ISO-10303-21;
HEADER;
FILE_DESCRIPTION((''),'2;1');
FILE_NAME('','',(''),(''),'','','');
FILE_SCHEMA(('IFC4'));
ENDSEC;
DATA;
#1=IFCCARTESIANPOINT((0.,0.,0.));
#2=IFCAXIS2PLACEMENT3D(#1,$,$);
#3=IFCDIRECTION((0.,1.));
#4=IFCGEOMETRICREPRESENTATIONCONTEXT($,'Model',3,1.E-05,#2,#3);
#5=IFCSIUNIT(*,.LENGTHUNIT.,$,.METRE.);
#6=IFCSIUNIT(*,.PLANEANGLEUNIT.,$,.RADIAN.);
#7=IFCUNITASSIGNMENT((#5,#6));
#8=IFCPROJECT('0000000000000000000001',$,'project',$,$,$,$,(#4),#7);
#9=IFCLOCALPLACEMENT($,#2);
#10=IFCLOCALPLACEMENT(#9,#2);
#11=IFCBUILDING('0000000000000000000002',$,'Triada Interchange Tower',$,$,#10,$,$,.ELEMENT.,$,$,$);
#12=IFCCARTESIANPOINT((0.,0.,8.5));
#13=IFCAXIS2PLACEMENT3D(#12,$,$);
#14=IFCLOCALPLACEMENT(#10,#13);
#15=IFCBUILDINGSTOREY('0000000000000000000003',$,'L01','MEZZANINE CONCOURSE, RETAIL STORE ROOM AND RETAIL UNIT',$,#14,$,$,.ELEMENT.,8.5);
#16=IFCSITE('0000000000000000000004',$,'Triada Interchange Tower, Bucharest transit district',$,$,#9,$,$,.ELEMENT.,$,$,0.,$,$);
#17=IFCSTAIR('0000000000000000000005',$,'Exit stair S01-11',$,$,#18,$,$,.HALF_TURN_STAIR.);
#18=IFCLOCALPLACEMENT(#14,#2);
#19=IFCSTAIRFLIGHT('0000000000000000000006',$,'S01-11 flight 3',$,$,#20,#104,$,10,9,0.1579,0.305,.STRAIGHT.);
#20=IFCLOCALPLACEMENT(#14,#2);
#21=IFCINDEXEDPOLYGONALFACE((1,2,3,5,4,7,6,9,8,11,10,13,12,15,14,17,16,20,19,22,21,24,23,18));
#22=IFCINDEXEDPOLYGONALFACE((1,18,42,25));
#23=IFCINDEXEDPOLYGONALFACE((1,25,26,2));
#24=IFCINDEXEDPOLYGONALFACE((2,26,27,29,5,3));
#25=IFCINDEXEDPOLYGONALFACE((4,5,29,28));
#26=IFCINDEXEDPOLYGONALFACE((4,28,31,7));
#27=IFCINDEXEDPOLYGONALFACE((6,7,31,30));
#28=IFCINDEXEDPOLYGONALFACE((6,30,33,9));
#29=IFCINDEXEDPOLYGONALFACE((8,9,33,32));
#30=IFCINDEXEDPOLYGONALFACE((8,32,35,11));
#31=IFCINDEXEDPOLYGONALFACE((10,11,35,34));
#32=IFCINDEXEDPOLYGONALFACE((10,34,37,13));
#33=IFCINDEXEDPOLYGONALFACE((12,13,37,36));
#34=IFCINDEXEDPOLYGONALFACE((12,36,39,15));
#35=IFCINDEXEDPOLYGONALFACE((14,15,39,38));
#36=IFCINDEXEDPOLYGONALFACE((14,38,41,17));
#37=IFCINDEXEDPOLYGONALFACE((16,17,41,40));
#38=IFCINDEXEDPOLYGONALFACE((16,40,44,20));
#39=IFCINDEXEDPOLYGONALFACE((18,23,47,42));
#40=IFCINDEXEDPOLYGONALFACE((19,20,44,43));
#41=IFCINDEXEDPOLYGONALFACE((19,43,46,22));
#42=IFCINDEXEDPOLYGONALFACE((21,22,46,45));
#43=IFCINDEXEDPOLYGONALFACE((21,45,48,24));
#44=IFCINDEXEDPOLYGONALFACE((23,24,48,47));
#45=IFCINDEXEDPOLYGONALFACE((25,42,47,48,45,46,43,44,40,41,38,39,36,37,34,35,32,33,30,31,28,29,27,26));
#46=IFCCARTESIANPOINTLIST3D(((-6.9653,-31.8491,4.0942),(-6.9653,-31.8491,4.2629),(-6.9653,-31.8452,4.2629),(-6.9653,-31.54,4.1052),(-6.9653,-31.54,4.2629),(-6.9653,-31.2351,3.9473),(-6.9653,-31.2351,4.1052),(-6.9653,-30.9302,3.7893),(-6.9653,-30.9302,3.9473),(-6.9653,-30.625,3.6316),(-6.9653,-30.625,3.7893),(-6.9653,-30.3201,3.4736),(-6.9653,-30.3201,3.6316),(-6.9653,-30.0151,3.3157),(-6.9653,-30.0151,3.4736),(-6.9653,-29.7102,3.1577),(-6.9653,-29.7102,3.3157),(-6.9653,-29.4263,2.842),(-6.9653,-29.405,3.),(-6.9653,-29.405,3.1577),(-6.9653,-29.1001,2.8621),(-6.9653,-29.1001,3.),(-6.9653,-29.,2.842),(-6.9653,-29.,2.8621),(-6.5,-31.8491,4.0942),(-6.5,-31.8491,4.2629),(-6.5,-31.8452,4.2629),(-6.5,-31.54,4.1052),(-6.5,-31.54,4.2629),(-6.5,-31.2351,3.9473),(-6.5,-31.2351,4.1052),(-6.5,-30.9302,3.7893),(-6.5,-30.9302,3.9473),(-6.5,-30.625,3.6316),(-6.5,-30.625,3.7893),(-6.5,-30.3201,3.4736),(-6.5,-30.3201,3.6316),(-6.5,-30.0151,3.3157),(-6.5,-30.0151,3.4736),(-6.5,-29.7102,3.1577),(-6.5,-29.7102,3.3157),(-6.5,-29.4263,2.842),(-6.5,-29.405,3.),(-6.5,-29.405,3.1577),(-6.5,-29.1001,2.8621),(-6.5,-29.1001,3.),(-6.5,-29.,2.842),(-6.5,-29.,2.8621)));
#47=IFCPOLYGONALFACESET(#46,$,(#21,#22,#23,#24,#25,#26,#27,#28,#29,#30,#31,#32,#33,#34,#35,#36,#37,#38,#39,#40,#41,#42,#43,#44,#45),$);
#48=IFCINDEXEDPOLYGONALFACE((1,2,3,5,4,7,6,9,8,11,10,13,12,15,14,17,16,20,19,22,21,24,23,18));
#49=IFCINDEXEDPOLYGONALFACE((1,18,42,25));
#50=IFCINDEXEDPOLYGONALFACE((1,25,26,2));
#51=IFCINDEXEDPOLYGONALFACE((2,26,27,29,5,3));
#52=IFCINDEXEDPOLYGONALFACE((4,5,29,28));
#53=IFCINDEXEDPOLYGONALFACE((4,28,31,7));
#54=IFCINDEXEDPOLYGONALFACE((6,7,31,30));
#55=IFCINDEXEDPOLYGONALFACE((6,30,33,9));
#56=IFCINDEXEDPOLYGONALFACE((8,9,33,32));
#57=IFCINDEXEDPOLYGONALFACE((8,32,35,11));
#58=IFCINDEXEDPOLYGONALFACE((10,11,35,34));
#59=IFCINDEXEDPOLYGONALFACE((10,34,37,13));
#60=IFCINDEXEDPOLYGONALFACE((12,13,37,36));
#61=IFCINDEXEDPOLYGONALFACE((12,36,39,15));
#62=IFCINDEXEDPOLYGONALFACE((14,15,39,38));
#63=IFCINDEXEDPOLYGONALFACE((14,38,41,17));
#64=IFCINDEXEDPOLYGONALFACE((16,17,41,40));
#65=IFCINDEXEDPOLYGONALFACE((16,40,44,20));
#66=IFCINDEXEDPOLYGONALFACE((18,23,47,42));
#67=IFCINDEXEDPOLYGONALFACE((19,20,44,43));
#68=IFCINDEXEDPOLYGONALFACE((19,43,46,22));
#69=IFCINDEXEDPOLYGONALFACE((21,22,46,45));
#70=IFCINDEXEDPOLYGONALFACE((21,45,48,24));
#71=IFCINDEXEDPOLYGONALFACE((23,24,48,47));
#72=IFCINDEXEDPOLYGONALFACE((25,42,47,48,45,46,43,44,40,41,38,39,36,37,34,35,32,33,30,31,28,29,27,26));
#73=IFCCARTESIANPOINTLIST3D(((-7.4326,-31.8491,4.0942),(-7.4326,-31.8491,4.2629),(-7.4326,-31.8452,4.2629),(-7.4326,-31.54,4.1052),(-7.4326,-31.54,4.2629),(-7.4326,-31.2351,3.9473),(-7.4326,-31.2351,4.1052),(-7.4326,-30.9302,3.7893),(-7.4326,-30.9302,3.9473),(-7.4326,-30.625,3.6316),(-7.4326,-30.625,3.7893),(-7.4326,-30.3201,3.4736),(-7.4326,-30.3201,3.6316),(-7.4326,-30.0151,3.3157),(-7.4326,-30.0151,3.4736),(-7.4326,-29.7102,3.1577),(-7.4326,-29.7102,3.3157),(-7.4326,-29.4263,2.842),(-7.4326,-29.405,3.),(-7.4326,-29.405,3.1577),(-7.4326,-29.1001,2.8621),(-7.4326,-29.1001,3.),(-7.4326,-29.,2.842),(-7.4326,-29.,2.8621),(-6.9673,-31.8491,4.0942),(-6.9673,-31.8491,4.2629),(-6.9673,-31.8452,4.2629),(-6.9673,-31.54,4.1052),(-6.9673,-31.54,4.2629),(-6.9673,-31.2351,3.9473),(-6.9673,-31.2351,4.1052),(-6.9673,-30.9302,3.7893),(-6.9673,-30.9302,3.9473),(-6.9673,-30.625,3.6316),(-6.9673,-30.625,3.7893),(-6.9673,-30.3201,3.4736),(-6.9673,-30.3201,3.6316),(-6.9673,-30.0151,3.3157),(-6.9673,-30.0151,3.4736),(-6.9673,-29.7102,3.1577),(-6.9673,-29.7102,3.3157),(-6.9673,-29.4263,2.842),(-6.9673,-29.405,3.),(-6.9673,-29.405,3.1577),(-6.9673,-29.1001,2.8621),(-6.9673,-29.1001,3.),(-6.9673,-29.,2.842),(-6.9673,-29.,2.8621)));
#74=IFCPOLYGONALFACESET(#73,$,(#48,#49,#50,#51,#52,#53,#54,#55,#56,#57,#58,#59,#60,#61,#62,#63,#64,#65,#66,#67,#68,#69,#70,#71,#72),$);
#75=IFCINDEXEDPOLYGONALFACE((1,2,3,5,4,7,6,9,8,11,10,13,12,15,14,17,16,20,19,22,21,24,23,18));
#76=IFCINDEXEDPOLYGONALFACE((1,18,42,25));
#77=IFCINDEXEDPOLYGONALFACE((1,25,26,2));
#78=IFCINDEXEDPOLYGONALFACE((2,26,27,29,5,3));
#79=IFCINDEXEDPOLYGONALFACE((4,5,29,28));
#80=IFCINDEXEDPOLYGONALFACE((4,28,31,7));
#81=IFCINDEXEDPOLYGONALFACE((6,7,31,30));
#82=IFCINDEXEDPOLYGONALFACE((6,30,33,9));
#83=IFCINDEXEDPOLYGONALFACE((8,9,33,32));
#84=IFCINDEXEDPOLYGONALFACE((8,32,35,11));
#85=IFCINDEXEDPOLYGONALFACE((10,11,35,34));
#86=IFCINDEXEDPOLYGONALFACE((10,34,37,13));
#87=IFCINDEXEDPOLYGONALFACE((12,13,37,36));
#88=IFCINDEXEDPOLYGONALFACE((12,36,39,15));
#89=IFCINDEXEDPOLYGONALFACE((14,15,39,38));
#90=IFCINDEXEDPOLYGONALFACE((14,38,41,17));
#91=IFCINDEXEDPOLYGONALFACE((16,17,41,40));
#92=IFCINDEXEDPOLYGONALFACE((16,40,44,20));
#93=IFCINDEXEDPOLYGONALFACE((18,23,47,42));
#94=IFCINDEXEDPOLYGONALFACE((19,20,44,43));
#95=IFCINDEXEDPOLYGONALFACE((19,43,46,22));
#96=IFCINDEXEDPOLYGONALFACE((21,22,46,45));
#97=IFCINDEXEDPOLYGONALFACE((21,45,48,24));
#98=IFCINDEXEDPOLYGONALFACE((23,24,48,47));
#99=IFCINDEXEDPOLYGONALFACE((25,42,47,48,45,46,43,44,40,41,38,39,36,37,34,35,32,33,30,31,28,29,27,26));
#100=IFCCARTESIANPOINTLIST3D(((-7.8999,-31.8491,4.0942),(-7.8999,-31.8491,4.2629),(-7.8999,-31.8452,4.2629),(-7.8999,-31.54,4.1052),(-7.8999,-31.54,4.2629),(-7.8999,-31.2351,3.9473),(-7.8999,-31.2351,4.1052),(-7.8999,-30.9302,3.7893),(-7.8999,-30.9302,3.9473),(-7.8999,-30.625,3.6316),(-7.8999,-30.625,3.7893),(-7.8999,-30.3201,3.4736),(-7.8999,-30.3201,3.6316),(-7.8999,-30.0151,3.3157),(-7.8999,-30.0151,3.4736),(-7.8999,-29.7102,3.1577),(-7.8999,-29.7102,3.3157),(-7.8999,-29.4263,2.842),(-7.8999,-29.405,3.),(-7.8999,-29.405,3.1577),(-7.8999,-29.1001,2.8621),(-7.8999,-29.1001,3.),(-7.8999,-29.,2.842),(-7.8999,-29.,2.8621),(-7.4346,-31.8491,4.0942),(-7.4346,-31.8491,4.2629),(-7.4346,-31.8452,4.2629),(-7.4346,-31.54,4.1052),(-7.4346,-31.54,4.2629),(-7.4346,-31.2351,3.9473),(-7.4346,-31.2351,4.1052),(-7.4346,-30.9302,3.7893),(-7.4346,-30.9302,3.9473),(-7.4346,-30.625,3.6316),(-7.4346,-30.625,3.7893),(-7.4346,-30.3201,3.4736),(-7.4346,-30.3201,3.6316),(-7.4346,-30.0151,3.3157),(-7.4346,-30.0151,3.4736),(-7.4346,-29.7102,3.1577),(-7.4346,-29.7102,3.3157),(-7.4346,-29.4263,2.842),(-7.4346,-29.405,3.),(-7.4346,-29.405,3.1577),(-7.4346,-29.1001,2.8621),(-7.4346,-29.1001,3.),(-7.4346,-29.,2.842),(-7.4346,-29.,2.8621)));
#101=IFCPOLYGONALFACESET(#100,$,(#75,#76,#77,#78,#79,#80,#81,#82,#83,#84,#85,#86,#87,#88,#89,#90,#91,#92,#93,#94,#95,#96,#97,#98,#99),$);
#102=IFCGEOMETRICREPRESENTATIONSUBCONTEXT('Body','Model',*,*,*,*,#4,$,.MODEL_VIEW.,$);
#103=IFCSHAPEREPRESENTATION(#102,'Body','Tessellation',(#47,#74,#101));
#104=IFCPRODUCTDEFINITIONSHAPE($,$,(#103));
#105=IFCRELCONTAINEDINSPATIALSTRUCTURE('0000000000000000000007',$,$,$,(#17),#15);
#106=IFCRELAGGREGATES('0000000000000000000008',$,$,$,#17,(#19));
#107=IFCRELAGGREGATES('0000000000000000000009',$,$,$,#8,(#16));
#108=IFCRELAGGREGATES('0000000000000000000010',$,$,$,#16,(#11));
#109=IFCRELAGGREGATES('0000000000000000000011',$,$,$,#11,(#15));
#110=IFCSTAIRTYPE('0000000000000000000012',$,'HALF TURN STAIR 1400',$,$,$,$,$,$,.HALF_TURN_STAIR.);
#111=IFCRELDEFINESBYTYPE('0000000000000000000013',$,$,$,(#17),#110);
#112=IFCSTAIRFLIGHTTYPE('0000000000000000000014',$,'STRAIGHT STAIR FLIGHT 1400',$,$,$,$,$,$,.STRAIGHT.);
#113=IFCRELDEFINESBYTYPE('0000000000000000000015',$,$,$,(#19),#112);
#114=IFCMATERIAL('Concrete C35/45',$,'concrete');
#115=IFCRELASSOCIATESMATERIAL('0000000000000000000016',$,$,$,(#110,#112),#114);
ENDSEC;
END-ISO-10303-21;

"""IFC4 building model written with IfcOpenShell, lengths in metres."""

from ifc_helpers import new_model, si_unit, direction, frame, origin, place, context, subcontext, project, spatial, polyline, outline, extrude, material, type_object, element, aggregate, save


model = new_model("IFC4")

# Units and contexts
model_context = context("Model", 3, precision=1e-05, world=origin(), true_north=direction((0.0, 1.0)))
body_context = subcontext(model_context, "Body", "Model", "MODEL_VIEW")
ifc_project = project(units=[si_unit("LENGTHUNIT", "METRE"), si_unit("PLANEANGLEUNIT", "RADIAN")], contexts=[model_context])

# Site, building, storey
site_placement = place(None, origin())
site = spatial("IfcSite", under=ifc_project, at=site_placement, Name="Triada Interchange Tower, Bucharest transit district", CompositionType="ELEMENT", RefElevation=0.0)
building_placement = place(site_placement, origin())
building = spatial("IfcBuilding", under=site, at=building_placement, Name="Triada Interchange Tower", CompositionType="ELEMENT")
storey_placement = place(building_placement, frame((0.0, 0.0, 8.5)))
storey = spatial("IfcBuildingStorey", under=building, at=storey_placement, Name="L01", Description="MEZZANINE CONCOURSE, RETAIL STORE ROOM AND RETAIL UNIT", CompositionType="ELEMENT", Elevation=8.5)

# Shared definitions
ifc_material_1 = material(Name="Concrete C35/45", Category="concrete")

# Stair, stair flight
stair_type = type_object("IfcStairType", Name="HALF TURN STAIR 1400", PredefinedType="HALF_TURN_STAIR", material=ifc_material_1)
stair_placement = place(storey_placement, origin())
stair = element("IfcStair", 1, at=stair_placement, inside=storey, type_object=stair_type, Name="Exit stair S01-11", PredefinedType="HALF_TURN_STAIR")
stair_flight_type = type_object("IfcStairFlightType", Name="STRAIGHT STAIR FLIGHT 1400", PredefinedType="STRAIGHT", material=ifc_material_1)
stair_flight_1_placement = place(storey_placement, frame((-7.2, -29.1001, 2.842), z_axis=(0.0, 0.0, 1.0), x_axis=(0.0, -1.0, 0.0)))
stair_flight_1 = element("IfcStairFlight", 2, at=stair_flight_1_placement, type_object=stair_flight_type, Name="S01-11 flight 3", NumberOfRisers=10, NumberOfTreads=9, PredefinedType="STRAIGHT", RiserHeight=0.1579, TreadLength=0.305, context=body_context, shape_type="SweptSolid", body=[
    extrude(outline(polyline([(-0.1001, 0.0), (-0.1001, 0.02), (0.0, 0.02), (0.0, 0.158), (0.3049, 0.158), (0.3049, 0.3157), (0.6101, 0.3157), (0.6101, 0.4736), (0.915, 0.4736), (0.915, 0.6316), (1.22, 0.6316), (1.22, 0.7896), (1.5249, 0.7896), (1.5249, 0.9473), (1.8301, 0.9473), (1.8301, 1.1052), (2.135, 1.1052), (2.135, 1.2632), (2.4399, 1.2632), (2.4399, 1.4209), (2.7451, 1.4209), (2.749, 1.4209), (2.749, 1.5789), (2.749, 1.2522), (0.3262, 0.0), (-0.1001, 0.0)])), frame((0.0, 0.7, 0.0), z_axis=(0.0, -1.0, 0.0), x_axis=(1.0, 0.0, 0.0)), (0.0, 0.0, 1.0), 0.4653),
    extrude(outline(polyline([(-0.1001, 0.0), (-0.1001, 0.02), (0.0, 0.02), (0.0, 0.158), (0.3049, 0.158), (0.3049, 0.3157), (0.6101, 0.3157), (0.6101, 0.4736), (0.915, 0.4736), (0.915, 0.6316), (1.22, 0.6316), (1.22, 0.7896), (1.5249, 0.7896), (1.5249, 0.9473), (1.8301, 0.9473), (1.8301, 1.1052), (2.135, 1.1052), (2.135, 1.2632), (2.4399, 1.2632), (2.4399, 1.4209), (2.7451, 1.4209), (2.749, 1.4209), (2.749, 1.5789), (2.749, 1.2522), (0.3262, 0.0), (-0.1001, 0.0)])), frame((0.0, 0.2327, 0.0), z_axis=(0.0, -1.0, 0.0), x_axis=(1.0, 0.0, 0.0)), (0.0, 0.0, 1.0), 0.4653),
    extrude(outline(polyline([(-0.1001, 0.0), (-0.1001, 0.02), (0.0, 0.02), (0.0, 0.158), (0.3049, 0.158), (0.3049, 0.3157), (0.6101, 0.3157), (0.6101, 0.4736), (0.915, 0.4736), (0.915, 0.6316), (1.22, 0.6316), (1.22, 0.7896), (1.5249, 0.7896), (1.5249, 0.9473), (1.8301, 0.9473), (1.8301, 1.1052), (2.135, 1.1052), (2.135, 1.2632), (2.4399, 1.2632), (2.4399, 1.4209), (2.7451, 1.4209), (2.749, 1.4209), (2.749, 1.5789), (2.749, 1.2522), (0.3262, 0.0), (-0.1001, 0.0)])), frame((0.0, -0.2346, 0.0), z_axis=(0.0, -1.0, 0.0), x_axis=(1.0, 0.0, 0.0)), (0.0, 0.0, 1.0), 0.4653),
])
aggregate(stair, [stair_flight_1])

save(model, "model.ifc")
